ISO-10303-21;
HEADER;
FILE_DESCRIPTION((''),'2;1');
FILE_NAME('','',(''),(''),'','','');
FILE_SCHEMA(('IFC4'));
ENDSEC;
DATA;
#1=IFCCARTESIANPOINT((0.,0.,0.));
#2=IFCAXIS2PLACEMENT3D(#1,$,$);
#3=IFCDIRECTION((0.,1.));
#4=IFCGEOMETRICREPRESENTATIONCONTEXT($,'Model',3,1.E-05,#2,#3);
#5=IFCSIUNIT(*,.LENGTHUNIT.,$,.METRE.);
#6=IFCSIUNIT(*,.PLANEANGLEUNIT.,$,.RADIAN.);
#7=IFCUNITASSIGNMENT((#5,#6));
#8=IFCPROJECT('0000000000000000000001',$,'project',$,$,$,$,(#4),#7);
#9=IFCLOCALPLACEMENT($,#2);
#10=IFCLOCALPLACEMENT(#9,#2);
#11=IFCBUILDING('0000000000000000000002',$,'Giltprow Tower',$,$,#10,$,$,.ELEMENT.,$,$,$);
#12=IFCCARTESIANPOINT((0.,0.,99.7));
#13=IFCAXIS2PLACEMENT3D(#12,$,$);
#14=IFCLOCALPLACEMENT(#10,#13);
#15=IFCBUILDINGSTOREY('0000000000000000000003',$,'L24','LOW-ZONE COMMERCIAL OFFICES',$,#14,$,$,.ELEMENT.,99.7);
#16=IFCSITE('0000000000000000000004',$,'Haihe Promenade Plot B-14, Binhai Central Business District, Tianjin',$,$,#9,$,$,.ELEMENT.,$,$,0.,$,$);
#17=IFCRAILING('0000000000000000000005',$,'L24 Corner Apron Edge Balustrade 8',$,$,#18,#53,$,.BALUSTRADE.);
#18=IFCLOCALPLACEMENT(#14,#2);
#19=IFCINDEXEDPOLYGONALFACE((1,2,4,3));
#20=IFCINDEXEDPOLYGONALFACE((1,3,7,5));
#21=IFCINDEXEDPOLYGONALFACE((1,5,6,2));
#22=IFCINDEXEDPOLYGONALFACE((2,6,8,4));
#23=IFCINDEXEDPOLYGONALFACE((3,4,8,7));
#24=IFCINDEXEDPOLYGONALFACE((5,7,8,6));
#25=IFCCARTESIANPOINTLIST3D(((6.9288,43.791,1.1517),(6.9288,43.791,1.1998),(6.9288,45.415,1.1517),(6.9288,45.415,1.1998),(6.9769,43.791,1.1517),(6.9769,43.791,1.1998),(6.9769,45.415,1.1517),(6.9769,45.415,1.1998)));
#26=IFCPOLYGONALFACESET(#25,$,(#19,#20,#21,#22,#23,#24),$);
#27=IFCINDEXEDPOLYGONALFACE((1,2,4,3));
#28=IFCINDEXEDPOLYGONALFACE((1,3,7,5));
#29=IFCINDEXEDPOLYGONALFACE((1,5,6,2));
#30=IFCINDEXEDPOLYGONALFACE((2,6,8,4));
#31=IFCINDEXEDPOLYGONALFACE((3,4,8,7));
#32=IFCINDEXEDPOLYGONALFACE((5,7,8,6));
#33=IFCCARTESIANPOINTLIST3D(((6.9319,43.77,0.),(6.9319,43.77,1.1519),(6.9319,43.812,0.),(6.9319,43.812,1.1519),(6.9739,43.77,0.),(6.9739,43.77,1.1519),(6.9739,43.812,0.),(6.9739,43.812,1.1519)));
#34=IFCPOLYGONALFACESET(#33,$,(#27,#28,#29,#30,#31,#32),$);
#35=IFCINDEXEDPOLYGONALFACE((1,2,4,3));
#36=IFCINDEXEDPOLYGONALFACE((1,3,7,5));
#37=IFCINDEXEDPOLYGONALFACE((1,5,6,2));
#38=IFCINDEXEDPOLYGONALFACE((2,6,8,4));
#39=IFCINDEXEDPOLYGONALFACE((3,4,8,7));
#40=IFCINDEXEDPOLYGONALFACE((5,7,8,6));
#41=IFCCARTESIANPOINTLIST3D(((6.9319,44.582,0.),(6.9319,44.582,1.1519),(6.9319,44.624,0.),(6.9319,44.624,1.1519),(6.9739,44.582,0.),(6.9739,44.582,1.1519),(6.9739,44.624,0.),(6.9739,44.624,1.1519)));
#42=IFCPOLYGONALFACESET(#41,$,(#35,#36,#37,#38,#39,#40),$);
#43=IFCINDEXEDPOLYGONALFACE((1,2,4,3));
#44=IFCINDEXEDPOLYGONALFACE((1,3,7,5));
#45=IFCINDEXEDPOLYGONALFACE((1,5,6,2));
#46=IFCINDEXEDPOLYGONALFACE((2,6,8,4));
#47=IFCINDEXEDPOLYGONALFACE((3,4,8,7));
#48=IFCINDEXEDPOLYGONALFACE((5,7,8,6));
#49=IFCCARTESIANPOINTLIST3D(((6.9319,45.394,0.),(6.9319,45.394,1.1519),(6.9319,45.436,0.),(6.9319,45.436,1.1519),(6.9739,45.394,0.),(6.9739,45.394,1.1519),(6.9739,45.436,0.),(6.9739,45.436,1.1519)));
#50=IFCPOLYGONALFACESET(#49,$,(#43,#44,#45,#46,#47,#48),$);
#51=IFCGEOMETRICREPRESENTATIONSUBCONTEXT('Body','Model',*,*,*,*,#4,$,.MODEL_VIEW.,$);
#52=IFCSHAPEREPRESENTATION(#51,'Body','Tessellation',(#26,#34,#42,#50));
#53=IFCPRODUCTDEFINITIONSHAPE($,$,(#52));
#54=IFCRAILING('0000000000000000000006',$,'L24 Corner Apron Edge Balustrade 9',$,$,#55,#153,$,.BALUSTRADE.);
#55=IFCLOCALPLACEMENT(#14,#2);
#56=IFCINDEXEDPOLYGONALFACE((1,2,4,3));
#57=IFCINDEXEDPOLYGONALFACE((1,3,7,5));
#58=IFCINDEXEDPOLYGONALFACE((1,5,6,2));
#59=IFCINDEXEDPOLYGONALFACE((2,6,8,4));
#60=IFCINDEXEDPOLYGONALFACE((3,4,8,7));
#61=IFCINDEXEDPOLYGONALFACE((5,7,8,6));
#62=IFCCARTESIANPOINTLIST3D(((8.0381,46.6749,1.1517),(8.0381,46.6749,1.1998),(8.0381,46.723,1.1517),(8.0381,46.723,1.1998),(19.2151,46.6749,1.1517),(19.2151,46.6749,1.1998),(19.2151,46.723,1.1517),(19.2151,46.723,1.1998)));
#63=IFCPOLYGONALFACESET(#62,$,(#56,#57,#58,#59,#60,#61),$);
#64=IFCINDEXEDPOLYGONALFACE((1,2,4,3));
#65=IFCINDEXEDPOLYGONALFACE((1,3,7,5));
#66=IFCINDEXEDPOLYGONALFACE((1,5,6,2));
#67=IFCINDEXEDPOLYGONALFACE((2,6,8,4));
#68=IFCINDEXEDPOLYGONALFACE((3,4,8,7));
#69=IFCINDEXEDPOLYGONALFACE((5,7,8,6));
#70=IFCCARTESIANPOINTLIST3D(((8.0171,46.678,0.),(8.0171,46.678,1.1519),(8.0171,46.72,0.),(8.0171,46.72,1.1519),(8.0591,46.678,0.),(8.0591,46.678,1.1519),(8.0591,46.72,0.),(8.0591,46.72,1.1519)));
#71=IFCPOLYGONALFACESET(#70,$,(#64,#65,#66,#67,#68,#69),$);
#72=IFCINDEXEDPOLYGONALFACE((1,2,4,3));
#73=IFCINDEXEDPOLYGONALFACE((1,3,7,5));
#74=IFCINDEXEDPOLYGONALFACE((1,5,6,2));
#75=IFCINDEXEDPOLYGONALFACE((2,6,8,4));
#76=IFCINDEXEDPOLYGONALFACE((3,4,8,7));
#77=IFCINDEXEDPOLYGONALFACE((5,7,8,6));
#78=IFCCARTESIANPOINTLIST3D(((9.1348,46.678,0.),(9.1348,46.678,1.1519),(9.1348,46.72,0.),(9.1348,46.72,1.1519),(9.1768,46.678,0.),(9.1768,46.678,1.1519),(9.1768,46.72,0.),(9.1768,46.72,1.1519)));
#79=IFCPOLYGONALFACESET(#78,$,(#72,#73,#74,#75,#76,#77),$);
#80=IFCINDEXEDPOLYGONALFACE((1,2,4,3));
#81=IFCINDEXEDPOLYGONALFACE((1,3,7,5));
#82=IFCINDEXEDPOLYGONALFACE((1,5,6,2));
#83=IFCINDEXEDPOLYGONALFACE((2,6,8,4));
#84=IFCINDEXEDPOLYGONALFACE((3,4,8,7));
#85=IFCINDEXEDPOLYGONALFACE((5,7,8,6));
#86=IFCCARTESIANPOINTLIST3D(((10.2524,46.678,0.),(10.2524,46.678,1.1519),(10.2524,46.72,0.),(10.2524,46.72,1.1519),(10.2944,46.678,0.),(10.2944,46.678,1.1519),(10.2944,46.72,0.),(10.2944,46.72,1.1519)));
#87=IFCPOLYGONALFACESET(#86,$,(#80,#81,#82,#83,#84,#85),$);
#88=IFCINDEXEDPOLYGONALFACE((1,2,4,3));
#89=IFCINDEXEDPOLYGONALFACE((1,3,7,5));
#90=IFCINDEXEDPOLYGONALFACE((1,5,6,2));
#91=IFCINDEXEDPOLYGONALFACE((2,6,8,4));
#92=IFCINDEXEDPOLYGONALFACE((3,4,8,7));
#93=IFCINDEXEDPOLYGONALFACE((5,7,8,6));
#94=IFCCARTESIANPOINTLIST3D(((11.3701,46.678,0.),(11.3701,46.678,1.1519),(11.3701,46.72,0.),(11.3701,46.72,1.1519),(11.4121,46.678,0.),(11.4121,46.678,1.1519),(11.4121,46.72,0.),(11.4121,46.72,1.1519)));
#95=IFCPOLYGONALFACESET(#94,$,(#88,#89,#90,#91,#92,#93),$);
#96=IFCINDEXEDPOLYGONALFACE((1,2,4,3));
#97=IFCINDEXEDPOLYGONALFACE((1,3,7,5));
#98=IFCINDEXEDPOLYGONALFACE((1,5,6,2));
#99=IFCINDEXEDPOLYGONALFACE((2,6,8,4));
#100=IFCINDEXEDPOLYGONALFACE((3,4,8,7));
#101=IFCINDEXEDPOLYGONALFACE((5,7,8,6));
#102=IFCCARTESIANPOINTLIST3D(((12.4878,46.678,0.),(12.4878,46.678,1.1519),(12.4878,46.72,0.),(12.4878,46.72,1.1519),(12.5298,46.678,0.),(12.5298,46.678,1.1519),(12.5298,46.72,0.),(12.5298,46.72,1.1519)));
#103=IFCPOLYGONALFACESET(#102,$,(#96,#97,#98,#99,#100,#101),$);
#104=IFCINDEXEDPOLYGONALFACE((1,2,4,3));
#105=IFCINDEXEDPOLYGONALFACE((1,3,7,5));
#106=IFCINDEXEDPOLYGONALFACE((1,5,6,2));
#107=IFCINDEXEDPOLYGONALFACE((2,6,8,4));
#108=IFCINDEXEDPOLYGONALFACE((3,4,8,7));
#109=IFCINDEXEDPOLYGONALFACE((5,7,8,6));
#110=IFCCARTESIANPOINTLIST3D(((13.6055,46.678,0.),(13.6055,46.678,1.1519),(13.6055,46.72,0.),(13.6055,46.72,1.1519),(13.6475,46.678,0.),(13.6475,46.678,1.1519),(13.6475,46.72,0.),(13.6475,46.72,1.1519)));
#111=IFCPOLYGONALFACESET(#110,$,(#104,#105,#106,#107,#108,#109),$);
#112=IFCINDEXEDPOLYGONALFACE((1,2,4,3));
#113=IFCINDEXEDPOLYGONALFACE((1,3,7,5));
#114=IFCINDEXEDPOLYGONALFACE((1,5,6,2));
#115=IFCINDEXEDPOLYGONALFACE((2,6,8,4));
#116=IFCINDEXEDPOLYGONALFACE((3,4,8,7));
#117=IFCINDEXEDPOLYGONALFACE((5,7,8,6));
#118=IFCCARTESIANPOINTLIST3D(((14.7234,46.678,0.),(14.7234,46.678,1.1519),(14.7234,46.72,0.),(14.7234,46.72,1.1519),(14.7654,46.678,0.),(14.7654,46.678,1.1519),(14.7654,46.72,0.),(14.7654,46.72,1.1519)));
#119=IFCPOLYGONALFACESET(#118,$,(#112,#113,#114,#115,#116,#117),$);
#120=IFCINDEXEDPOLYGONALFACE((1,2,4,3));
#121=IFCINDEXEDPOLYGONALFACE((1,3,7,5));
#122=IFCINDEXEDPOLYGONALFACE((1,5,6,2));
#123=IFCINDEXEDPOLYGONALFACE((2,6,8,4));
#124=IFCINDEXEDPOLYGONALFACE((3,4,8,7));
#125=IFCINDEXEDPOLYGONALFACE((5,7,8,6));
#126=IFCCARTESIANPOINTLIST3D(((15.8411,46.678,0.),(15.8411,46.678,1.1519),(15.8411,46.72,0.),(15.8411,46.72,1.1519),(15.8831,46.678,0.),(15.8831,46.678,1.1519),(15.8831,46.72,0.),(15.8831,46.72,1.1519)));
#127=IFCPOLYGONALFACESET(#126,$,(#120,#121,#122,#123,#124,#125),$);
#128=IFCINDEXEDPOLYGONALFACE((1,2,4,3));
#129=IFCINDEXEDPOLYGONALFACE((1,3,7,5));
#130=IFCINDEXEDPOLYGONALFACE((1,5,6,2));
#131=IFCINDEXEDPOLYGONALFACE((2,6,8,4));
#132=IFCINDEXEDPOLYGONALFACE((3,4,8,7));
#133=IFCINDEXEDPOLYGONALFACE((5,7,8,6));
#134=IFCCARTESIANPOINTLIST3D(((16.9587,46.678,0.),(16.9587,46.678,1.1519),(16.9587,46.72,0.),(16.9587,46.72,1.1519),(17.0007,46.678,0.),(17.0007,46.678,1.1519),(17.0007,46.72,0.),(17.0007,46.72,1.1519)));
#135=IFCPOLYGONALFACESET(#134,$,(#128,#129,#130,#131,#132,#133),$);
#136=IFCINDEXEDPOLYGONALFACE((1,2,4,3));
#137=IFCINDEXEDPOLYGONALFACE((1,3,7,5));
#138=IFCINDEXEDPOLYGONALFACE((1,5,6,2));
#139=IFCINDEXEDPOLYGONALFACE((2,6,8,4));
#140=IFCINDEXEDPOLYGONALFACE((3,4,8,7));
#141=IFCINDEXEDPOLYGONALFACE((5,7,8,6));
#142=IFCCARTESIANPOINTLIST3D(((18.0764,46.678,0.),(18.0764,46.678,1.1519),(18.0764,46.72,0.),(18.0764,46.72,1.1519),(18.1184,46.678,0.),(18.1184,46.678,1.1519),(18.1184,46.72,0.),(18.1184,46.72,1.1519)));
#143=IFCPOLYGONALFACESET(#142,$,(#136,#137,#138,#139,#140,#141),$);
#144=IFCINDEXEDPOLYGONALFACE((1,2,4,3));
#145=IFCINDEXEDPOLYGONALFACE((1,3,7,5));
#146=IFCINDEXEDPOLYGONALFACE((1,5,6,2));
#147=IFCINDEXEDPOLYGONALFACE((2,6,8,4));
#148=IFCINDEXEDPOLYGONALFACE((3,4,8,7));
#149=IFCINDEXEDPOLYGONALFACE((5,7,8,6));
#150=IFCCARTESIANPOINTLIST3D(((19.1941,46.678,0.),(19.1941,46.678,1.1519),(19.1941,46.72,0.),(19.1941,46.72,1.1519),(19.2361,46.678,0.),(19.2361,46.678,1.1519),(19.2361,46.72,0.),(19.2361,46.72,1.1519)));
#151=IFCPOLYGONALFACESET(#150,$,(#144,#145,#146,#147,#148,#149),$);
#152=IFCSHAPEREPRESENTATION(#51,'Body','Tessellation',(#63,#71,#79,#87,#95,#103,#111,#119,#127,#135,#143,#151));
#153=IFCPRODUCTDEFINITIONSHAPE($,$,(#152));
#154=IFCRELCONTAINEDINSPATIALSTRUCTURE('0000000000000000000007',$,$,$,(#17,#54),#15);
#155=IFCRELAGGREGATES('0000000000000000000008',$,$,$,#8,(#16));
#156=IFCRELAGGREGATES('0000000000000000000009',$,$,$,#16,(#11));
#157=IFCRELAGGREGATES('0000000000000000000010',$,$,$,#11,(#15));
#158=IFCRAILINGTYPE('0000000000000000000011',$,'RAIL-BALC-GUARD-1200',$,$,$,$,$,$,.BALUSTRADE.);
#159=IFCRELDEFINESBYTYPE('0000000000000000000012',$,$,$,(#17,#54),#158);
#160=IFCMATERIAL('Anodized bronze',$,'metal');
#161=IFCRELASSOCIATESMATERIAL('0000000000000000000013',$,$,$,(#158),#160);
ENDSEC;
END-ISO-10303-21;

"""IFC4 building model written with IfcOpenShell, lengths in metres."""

from ifc_helpers import new_model, si_unit, direction, frame, origin, origin_2d, place, context, subcontext, project, spatial, rectangle, extrude, material, type_object, element, save


model = new_model("IFC4")

# Units and contexts
model_context = context("Model", 3, precision=1e-05, world=origin(), true_north=direction((0.0, 1.0)))
body_context = subcontext(model_context, "Body", "Model", "MODEL_VIEW")
ifc_project = project(units=[si_unit("LENGTHUNIT", "METRE"), si_unit("PLANEANGLEUNIT", "RADIAN")], contexts=[model_context])

# Site, building, storey
site_placement = place(None, origin())
site = spatial("IfcSite", under=ifc_project, at=site_placement, Name="Haihe Promenade Plot B-14, Binhai Central Business District, Tianjin", CompositionType="ELEMENT", RefElevation=0.0)
building_placement = place(site_placement, origin())
building = spatial("IfcBuilding", under=site, at=building_placement, Name="Giltprow Tower", CompositionType="ELEMENT")
storey_placement = place(building_placement, frame((0.0, 0.0, 99.7)))
storey = spatial("IfcBuildingStorey", under=building, at=storey_placement, Name="L24", Description="LOW-ZONE COMMERCIAL OFFICES", CompositionType="ELEMENT", Elevation=99.7)

# Railings
ifc_material_1 = material(Name="Anodized bronze", Category="metal")
railing_type = type_object("IfcRailingType", Name="RAIL-BALC-GUARD-1200", PredefinedType="BALUSTRADE", material=ifc_material_1)
railing_1_placement = place(storey_placement, frame((6.9529, 43.791, 0.0)))
element("IfcRailing", 1, at=railing_1_placement, inside=storey, type_object=railing_type, Name="L24 Corner Apron Edge Balustrade 8", PredefinedType="BALUSTRADE", context=body_context, shape_type="SweptSolid", body=[
    extrude(rectangle(XDim=0.0481, YDim=0.0481, at=origin_2d()), frame((0.0, 0.0, 1.1758), z_axis=(0.0, 1.0, 0.0), x_axis=(-1.0, 0.0, 0.0)), (0.0, 0.0, 1.0), 1.624),
    extrude(rectangle(XDim=0.042, YDim=0.042, at=origin_2d()), origin(), (0.0, 0.0, 1.0), 1.1519),
    extrude(rectangle(XDim=0.042, YDim=0.042, at=origin_2d()), frame((0.0, 0.812, 0.0)), (0.0, 0.0, 1.0), 1.1519),
    extrude(rectangle(XDim=0.042, YDim=0.042, at=origin_2d()), frame((0.0, 1.624, 0.0)), (0.0, 0.0, 1.0), 1.1519),
])
railing_2_placement = place(storey_placement, frame((8.0381, 46.699, 0.0)))
element("IfcRailing", 2, at=railing_2_placement, inside=storey, type_object=railing_type, Name="L24 Corner Apron Edge Balustrade 9", PredefinedType="BALUSTRADE", context=body_context, shape_type="SweptSolid", body=[
    extrude(rectangle(XDim=0.0481, YDim=0.0481, at=origin_2d()), frame((0.0, 0.0, 1.1758), z_axis=(1.0, 0.0, 0.0), x_axis=(0.0, 1.0, 0.0)), (0.0, 0.0, 1.0), 11.177),
    extrude(rectangle(XDim=0.042, YDim=0.042, at=origin_2d()), origin(), (0.0, 0.0, 1.0), 1.1519),
    extrude(rectangle(XDim=0.042, YDim=0.042, at=origin_2d()), frame((1.1177, 0.0, 0.0)), (0.0, 0.0, 1.0), 1.1519),
    extrude(rectangle(XDim=0.042, YDim=0.042, at=origin_2d()), frame((2.2354, 0.0, 0.0)), (0.0, 0.0, 1.0), 1.1519),
    extrude(rectangle(XDim=0.042, YDim=0.042, at=origin_2d()), frame((3.353, 0.0, 0.0)), (0.0, 0.0, 1.0), 1.1519),
    extrude(rectangle(XDim=0.042, YDim=0.042, at=origin_2d()), frame((4.4707, 0.0, 0.0)), (0.0, 0.0, 1.0), 1.1519),
    extrude(rectangle(XDim=0.042, YDim=0.042, at=origin_2d()), frame((5.5884, 0.0, 0.0)), (0.0, 0.0, 1.0), 1.1519),
    extrude(rectangle(XDim=0.042, YDim=0.042, at=origin_2d()), frame((6.7063, 0.0, 0.0)), (0.0, 0.0, 1.0), 1.1519),
    extrude(rectangle(XDim=0.042, YDim=0.042, at=origin_2d()), frame((7.824, 0.0, 0.0)), (0.0, 0.0, 1.0), 1.1519),
    extrude(rectangle(XDim=0.042, YDim=0.042, at=origin_2d()), frame((8.9417, 0.0, 0.0)), (0.0, 0.0, 1.0), 1.1519),
    extrude(rectangle(XDim=0.042, YDim=0.042, at=origin_2d()), frame((10.0593, 0.0, 0.0)), (0.0, 0.0, 1.0), 1.1519),
    extrude(rectangle(XDim=0.042, YDim=0.042, at=origin_2d()), frame((11.177, 0.0, 0.0)), (0.0, 0.0, 1.0), 1.1519),
])

save(model, "model.ifc")
